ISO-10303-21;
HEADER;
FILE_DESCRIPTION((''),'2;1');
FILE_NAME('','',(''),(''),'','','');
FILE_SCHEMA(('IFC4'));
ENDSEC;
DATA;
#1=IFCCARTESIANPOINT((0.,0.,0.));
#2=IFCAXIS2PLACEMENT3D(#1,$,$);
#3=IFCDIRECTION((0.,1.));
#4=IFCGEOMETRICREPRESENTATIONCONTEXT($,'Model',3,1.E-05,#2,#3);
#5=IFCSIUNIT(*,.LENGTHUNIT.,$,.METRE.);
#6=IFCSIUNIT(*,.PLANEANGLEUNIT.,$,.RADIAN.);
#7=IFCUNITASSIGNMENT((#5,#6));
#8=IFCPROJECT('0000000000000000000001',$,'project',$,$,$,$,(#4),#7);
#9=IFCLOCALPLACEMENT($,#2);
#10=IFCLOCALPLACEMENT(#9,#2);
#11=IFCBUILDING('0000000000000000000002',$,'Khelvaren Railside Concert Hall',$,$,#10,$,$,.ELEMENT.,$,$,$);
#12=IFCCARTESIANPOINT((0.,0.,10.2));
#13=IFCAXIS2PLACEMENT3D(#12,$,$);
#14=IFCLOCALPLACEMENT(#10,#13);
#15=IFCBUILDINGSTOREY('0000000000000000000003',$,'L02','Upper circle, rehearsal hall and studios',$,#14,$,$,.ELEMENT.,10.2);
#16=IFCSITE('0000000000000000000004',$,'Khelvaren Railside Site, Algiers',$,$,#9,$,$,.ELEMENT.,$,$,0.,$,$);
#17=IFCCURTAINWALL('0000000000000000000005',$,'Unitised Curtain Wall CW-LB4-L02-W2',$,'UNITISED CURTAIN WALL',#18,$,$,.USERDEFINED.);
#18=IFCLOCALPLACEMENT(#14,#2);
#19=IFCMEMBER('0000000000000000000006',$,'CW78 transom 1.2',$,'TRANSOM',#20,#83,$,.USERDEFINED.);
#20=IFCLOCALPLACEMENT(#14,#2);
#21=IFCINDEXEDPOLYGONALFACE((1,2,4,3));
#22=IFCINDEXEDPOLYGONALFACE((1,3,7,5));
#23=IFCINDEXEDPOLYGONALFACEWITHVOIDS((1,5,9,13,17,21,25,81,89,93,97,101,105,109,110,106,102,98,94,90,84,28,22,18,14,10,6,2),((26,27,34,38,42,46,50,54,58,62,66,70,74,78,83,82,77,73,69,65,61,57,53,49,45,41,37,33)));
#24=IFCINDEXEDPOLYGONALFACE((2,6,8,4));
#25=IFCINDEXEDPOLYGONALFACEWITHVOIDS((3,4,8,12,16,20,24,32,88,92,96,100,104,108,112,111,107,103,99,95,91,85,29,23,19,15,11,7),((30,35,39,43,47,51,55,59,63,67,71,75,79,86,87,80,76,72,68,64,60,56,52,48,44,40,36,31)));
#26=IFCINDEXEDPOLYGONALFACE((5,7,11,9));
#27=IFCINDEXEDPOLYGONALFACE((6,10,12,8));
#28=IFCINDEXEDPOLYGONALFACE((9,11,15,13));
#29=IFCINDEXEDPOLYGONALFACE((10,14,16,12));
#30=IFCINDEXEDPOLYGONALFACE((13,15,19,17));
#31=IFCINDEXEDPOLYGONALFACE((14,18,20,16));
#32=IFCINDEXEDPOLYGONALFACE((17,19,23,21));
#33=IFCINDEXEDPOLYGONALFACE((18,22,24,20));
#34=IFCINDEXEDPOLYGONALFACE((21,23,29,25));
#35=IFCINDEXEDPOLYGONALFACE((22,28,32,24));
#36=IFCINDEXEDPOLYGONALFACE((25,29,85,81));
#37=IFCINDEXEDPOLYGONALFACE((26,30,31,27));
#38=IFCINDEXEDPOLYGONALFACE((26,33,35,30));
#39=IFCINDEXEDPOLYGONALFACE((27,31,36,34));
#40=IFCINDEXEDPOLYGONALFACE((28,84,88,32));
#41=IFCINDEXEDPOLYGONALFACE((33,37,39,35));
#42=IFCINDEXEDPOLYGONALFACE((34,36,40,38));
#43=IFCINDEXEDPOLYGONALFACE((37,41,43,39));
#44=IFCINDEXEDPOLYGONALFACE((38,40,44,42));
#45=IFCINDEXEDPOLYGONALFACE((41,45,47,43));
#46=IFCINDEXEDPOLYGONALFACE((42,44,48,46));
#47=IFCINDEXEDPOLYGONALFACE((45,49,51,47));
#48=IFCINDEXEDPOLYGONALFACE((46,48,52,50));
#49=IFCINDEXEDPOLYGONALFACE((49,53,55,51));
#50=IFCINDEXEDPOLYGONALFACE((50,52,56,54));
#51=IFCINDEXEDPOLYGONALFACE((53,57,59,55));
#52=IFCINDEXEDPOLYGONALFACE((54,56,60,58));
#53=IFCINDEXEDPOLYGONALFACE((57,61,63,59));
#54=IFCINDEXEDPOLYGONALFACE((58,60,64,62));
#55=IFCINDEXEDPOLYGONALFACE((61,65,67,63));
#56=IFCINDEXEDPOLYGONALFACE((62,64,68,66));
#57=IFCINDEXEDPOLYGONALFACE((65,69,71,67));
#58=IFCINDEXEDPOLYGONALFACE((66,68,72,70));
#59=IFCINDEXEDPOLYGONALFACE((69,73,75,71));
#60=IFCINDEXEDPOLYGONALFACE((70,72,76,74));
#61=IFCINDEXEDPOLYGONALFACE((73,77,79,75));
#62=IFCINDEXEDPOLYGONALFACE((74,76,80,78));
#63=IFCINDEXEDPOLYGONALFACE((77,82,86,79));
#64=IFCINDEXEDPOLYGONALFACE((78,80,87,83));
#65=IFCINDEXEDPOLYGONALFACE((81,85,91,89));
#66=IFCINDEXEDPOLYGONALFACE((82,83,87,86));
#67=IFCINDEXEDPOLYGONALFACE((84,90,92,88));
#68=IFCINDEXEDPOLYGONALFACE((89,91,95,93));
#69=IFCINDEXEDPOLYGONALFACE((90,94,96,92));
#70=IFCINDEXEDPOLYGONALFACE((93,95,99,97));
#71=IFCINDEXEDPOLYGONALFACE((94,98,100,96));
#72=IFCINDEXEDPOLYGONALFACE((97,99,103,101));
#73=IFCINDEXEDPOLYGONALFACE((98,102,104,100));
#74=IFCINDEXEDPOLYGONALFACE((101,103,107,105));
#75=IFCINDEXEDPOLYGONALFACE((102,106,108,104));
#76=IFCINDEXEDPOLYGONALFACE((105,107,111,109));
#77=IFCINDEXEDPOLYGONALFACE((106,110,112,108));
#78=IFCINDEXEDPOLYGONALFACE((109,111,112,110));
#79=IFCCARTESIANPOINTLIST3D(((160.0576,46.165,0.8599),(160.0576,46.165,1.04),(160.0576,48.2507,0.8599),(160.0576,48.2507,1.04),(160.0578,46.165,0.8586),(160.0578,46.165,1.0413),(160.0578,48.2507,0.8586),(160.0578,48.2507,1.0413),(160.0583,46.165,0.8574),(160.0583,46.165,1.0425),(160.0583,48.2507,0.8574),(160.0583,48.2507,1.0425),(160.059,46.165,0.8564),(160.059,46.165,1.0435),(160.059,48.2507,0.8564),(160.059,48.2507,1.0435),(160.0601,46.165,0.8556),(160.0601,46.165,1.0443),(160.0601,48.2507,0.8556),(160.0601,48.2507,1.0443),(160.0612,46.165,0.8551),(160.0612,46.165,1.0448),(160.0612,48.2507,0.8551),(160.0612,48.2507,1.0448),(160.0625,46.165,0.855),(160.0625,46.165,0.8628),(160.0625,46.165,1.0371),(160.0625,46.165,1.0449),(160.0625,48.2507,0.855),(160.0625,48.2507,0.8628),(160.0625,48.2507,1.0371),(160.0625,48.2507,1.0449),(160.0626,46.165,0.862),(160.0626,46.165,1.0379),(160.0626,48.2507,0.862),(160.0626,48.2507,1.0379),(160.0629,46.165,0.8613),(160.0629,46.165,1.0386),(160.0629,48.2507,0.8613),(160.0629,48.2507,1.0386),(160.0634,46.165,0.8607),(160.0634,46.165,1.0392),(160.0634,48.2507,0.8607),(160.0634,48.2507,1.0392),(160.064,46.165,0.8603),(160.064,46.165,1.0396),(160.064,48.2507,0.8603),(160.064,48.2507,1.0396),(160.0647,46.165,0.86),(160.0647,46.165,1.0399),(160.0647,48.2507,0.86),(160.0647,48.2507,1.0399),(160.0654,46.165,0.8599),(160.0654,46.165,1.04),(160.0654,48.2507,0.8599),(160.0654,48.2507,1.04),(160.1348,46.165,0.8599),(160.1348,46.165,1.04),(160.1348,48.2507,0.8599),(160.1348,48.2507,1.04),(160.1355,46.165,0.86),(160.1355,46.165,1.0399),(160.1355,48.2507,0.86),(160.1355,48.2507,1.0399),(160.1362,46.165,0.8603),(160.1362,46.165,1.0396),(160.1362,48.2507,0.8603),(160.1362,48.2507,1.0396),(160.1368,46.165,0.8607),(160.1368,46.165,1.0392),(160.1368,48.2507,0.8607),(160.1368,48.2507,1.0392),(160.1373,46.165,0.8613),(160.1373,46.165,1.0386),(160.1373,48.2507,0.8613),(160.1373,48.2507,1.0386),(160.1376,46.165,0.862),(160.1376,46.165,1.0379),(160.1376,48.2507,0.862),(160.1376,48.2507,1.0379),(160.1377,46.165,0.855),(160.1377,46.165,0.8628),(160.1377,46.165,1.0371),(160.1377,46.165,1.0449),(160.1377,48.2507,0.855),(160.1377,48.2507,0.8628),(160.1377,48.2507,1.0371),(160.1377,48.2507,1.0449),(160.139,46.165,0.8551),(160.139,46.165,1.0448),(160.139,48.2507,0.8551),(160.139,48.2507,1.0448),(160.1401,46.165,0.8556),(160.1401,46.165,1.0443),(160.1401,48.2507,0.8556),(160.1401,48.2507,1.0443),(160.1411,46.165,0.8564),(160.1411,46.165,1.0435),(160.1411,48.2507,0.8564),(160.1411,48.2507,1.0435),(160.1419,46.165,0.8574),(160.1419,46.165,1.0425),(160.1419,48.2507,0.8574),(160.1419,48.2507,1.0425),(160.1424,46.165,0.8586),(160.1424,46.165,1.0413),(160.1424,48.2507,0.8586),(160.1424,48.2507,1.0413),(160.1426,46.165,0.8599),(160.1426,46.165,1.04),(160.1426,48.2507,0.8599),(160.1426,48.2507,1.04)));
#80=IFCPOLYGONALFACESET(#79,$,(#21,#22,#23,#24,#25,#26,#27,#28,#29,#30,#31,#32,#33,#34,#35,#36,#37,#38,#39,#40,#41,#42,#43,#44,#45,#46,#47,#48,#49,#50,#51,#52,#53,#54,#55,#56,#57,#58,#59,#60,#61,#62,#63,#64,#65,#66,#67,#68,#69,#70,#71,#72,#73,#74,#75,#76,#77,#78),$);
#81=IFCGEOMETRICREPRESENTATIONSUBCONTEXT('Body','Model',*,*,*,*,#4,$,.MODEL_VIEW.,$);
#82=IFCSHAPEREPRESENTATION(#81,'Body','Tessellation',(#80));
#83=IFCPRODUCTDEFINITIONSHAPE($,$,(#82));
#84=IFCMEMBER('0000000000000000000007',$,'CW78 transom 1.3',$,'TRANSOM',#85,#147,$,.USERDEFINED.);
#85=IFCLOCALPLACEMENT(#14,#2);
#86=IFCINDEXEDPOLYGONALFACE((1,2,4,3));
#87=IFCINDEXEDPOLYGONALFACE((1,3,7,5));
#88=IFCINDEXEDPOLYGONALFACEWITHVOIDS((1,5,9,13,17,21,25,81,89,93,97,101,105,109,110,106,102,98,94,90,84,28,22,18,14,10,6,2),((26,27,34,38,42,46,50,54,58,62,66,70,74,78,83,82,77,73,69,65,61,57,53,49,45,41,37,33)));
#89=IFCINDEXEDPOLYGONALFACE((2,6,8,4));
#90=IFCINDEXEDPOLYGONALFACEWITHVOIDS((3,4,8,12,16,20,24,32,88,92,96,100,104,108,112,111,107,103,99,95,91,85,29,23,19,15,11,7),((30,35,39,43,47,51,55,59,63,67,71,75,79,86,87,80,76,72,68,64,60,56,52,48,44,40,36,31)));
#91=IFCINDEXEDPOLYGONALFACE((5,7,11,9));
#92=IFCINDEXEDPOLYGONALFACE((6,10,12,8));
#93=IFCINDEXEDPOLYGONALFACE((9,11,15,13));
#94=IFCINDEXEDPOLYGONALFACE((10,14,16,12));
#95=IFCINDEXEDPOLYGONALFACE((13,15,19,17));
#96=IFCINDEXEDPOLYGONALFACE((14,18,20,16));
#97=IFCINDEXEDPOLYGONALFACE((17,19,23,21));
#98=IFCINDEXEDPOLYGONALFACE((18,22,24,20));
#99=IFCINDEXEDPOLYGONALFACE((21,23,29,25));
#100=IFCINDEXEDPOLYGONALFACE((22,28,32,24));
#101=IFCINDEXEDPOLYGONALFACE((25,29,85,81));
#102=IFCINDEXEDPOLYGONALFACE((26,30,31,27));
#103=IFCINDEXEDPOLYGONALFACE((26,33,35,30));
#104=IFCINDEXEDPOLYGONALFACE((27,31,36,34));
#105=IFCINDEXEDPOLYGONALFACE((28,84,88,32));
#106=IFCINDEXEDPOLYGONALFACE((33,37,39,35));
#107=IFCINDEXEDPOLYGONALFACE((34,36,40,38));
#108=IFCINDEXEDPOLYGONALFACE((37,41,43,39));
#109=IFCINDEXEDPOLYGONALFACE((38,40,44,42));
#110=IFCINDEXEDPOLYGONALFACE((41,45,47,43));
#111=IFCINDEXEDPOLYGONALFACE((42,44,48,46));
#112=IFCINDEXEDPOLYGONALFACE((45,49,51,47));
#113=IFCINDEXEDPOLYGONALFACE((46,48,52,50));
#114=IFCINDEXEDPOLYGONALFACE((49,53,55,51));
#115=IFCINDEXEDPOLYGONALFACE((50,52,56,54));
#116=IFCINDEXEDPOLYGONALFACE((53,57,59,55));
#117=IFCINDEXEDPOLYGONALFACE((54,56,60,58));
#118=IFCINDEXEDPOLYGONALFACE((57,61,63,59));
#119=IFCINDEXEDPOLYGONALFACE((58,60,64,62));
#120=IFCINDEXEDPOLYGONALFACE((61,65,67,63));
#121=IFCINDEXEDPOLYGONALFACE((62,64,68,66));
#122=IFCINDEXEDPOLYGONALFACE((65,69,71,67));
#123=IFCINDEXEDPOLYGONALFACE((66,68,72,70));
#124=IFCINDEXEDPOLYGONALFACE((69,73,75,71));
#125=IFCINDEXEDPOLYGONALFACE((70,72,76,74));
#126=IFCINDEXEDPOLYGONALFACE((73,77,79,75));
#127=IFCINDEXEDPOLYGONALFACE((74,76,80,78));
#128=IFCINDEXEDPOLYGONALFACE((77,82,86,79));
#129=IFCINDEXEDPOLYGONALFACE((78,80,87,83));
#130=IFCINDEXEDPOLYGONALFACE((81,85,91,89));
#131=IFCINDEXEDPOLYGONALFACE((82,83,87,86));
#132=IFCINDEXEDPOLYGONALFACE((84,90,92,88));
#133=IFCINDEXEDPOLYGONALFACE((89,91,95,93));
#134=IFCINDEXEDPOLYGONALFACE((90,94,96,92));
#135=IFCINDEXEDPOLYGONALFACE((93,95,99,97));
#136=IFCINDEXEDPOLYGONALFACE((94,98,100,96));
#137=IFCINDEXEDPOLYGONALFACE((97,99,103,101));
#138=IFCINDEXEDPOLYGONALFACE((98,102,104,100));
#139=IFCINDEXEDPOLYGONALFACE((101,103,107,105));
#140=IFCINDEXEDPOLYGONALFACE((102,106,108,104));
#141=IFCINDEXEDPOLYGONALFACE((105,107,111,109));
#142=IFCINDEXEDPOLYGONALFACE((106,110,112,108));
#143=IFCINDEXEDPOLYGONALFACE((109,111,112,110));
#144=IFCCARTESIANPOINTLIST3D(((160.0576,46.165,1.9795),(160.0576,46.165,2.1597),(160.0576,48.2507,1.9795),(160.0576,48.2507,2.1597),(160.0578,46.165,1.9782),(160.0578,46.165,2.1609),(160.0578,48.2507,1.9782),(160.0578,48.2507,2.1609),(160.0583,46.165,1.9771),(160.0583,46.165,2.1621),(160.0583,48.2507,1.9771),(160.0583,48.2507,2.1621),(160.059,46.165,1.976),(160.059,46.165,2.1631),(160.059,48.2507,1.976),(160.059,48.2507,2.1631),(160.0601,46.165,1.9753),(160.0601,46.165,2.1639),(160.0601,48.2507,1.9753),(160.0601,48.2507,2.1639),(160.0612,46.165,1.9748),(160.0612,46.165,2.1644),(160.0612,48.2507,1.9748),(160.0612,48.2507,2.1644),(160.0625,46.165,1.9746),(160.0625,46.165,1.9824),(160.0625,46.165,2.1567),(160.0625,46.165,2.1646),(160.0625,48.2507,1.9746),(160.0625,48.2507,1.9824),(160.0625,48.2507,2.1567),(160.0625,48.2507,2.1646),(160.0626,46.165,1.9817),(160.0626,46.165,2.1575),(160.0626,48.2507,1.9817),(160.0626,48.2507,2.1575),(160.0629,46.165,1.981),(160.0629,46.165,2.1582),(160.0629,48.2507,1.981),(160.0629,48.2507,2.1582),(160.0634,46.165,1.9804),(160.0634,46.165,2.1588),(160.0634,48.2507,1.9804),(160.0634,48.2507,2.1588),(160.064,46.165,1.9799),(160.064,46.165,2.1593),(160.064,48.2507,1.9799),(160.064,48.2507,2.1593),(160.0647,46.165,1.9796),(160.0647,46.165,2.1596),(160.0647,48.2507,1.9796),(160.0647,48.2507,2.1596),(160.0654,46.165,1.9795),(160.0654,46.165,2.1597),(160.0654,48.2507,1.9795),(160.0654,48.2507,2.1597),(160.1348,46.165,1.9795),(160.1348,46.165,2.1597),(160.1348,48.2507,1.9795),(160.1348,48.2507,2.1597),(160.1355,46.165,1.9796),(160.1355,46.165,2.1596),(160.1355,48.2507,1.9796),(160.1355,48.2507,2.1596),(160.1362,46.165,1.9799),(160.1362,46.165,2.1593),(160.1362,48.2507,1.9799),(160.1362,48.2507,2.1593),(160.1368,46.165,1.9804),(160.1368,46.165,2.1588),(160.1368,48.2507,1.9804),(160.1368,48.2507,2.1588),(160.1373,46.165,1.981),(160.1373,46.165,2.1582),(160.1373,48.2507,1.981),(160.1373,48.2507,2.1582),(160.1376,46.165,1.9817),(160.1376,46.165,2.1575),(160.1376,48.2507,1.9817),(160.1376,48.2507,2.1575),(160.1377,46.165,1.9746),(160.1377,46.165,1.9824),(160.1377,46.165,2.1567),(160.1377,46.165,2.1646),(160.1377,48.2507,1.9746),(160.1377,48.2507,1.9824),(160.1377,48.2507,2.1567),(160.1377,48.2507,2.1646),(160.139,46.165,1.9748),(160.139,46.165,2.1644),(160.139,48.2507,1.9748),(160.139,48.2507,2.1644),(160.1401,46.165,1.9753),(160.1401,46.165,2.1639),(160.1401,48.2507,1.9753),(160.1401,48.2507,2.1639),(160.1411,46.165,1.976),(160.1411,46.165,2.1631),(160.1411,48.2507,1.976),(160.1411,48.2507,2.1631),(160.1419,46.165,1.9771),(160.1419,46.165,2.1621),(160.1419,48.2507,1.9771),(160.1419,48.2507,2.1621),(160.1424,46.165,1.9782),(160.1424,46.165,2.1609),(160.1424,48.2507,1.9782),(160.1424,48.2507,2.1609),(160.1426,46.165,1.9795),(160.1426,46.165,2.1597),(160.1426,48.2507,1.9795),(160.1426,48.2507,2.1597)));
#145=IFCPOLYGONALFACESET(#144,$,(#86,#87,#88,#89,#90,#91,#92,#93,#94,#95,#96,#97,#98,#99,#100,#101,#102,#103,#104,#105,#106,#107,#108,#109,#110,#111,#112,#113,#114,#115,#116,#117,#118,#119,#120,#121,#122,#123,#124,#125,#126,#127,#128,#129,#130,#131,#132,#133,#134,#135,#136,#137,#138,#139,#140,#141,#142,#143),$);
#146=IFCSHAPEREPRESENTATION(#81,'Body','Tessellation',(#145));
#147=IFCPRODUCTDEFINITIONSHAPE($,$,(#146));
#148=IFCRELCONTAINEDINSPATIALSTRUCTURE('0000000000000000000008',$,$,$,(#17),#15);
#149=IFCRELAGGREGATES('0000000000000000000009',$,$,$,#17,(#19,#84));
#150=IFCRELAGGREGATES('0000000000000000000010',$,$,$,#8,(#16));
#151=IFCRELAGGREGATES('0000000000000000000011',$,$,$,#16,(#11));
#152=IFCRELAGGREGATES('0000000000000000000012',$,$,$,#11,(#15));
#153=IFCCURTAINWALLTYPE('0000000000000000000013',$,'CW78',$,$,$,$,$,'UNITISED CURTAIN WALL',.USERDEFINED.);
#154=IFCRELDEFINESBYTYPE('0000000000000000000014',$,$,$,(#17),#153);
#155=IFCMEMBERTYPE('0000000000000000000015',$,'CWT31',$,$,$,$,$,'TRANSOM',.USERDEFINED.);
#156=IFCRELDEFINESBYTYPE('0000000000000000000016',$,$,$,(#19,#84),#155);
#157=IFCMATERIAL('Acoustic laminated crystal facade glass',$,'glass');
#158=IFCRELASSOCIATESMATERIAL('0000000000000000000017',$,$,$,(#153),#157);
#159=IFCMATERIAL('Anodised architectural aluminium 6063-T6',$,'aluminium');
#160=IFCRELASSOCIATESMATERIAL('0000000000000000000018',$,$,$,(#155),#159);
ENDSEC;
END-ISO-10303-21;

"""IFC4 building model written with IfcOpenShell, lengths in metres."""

from ifc_helpers import new_model, si_unit, direction, frame, origin, origin_2d, place, context, subcontext, project, spatial, hollow_rectangle, extrude, material, material_profile, profile_set, type_object, element, aggregate, save


model = new_model("IFC4")

# Units and contexts
model_context = context("Model", 3, precision=1e-05, world=origin(), true_north=direction((0.0, 1.0)))
body_context = subcontext(model_context, "Body", "Model", "MODEL_VIEW")
ifc_project = project(units=[si_unit("LENGTHUNIT", "METRE"), si_unit("PLANEANGLEUNIT", "RADIAN")], contexts=[model_context])

# Site, building, storey
site_placement = place(None, origin())
site = spatial("IfcSite", under=ifc_project, at=site_placement, Name="Khelvaren Railside Site, Algiers", CompositionType="ELEMENT", RefElevation=0.0)
building_placement = place(site_placement, origin())
building = spatial("IfcBuilding", under=site, at=building_placement, Name="Khelvaren Railside Concert Hall", CompositionType="ELEMENT")
storey_placement = place(building_placement, frame((0.0, 0.0, 10.2)))
storey = spatial("IfcBuildingStorey", under=building, at=storey_placement, Name="L02", Description="Upper circle, rehearsal hall and studios", CompositionType="ELEMENT", Elevation=10.2)

# Curtain wall, members
ifc_material_1 = material(Name="Acoustic laminated crystal facade glass", Category="glass")
curtain_wall_type = type_object("IfcCurtainWallType", Name="CW78", ElementType="UNITISED CURTAIN WALL", PredefinedType="USERDEFINED", material=ifc_material_1)
curtain_wall_placement = place(storey_placement, origin())
curtain_wall = element("IfcCurtainWall", 1, at=curtain_wall_placement, inside=storey, type_object=curtain_wall_type, Name="Unitised Curtain Wall CW-LB4-L02-W2", ObjectType="UNITISED CURTAIN WALL", PredefinedType="USERDEFINED")
ifc_material_2 = material(Name="Anodised architectural aluminium 6063-T6", Category="aluminium")
ifc_material_profile_1 = material_profile(ifc_material_2, hollow_rectangle(XDim=0.085, YDim=0.1899, WallThickness=0.0049, InnerFilletRadius=0.0029, OuterFilletRadius=0.0049, at=origin_2d()), Name="CWT 85x190x5")
ifc_profile_set_1 = profile_set([ifc_material_profile_1], Name="Anodised architectural aluminium 6063-T6")
member_type_1 = type_object("IfcMemberType", Name="CWT31", ElementType="TRANSOM", PredefinedType="USERDEFINED", material=ifc_profile_set_1)
member_1_placement = place(storey_placement, frame((160.1001, 46.165, 0.95), z_axis=(0.0, 1.0, 0.0), x_axis=(-1.0, 0.0, 0.0)))
member_1 = element("IfcMember", 2, at=member_1_placement, type_object=member_type_1, Name="CW78 transom 1.2", ObjectType="TRANSOM", PredefinedType="USERDEFINED", context=body_context, shape_type="SweptSolid", body=[
    extrude(hollow_rectangle(XDim=0.085, YDim=0.1899, WallThickness=0.0049, InnerFilletRadius=0.0029, OuterFilletRadius=0.0049, at=origin_2d()), origin(), (0.0, 0.0, 1.0), 2.0857),
])
member_2_placement = place(storey_placement, frame((160.1001, 46.165, 2.0696), z_axis=(0.0, 1.0, 0.0), x_axis=(-1.0, 0.0, 0.0)))
member_2 = element("IfcMember", 3, at=member_2_placement, type_object=member_type_1, Name="CW78 transom 1.3", ObjectType="TRANSOM", PredefinedType="USERDEFINED", context=body_context, shape_type="SweptSolid", body=[
    extrude(hollow_rectangle(XDim=0.085, YDim=0.1899, WallThickness=0.0049, InnerFilletRadius=0.0029, OuterFilletRadius=0.0049, at=origin_2d()), origin(), (0.0, 0.0, 1.0), 2.0857),
])

aggregate(curtain_wall, [member_1, member_2])

save(model, "model.ifc")
